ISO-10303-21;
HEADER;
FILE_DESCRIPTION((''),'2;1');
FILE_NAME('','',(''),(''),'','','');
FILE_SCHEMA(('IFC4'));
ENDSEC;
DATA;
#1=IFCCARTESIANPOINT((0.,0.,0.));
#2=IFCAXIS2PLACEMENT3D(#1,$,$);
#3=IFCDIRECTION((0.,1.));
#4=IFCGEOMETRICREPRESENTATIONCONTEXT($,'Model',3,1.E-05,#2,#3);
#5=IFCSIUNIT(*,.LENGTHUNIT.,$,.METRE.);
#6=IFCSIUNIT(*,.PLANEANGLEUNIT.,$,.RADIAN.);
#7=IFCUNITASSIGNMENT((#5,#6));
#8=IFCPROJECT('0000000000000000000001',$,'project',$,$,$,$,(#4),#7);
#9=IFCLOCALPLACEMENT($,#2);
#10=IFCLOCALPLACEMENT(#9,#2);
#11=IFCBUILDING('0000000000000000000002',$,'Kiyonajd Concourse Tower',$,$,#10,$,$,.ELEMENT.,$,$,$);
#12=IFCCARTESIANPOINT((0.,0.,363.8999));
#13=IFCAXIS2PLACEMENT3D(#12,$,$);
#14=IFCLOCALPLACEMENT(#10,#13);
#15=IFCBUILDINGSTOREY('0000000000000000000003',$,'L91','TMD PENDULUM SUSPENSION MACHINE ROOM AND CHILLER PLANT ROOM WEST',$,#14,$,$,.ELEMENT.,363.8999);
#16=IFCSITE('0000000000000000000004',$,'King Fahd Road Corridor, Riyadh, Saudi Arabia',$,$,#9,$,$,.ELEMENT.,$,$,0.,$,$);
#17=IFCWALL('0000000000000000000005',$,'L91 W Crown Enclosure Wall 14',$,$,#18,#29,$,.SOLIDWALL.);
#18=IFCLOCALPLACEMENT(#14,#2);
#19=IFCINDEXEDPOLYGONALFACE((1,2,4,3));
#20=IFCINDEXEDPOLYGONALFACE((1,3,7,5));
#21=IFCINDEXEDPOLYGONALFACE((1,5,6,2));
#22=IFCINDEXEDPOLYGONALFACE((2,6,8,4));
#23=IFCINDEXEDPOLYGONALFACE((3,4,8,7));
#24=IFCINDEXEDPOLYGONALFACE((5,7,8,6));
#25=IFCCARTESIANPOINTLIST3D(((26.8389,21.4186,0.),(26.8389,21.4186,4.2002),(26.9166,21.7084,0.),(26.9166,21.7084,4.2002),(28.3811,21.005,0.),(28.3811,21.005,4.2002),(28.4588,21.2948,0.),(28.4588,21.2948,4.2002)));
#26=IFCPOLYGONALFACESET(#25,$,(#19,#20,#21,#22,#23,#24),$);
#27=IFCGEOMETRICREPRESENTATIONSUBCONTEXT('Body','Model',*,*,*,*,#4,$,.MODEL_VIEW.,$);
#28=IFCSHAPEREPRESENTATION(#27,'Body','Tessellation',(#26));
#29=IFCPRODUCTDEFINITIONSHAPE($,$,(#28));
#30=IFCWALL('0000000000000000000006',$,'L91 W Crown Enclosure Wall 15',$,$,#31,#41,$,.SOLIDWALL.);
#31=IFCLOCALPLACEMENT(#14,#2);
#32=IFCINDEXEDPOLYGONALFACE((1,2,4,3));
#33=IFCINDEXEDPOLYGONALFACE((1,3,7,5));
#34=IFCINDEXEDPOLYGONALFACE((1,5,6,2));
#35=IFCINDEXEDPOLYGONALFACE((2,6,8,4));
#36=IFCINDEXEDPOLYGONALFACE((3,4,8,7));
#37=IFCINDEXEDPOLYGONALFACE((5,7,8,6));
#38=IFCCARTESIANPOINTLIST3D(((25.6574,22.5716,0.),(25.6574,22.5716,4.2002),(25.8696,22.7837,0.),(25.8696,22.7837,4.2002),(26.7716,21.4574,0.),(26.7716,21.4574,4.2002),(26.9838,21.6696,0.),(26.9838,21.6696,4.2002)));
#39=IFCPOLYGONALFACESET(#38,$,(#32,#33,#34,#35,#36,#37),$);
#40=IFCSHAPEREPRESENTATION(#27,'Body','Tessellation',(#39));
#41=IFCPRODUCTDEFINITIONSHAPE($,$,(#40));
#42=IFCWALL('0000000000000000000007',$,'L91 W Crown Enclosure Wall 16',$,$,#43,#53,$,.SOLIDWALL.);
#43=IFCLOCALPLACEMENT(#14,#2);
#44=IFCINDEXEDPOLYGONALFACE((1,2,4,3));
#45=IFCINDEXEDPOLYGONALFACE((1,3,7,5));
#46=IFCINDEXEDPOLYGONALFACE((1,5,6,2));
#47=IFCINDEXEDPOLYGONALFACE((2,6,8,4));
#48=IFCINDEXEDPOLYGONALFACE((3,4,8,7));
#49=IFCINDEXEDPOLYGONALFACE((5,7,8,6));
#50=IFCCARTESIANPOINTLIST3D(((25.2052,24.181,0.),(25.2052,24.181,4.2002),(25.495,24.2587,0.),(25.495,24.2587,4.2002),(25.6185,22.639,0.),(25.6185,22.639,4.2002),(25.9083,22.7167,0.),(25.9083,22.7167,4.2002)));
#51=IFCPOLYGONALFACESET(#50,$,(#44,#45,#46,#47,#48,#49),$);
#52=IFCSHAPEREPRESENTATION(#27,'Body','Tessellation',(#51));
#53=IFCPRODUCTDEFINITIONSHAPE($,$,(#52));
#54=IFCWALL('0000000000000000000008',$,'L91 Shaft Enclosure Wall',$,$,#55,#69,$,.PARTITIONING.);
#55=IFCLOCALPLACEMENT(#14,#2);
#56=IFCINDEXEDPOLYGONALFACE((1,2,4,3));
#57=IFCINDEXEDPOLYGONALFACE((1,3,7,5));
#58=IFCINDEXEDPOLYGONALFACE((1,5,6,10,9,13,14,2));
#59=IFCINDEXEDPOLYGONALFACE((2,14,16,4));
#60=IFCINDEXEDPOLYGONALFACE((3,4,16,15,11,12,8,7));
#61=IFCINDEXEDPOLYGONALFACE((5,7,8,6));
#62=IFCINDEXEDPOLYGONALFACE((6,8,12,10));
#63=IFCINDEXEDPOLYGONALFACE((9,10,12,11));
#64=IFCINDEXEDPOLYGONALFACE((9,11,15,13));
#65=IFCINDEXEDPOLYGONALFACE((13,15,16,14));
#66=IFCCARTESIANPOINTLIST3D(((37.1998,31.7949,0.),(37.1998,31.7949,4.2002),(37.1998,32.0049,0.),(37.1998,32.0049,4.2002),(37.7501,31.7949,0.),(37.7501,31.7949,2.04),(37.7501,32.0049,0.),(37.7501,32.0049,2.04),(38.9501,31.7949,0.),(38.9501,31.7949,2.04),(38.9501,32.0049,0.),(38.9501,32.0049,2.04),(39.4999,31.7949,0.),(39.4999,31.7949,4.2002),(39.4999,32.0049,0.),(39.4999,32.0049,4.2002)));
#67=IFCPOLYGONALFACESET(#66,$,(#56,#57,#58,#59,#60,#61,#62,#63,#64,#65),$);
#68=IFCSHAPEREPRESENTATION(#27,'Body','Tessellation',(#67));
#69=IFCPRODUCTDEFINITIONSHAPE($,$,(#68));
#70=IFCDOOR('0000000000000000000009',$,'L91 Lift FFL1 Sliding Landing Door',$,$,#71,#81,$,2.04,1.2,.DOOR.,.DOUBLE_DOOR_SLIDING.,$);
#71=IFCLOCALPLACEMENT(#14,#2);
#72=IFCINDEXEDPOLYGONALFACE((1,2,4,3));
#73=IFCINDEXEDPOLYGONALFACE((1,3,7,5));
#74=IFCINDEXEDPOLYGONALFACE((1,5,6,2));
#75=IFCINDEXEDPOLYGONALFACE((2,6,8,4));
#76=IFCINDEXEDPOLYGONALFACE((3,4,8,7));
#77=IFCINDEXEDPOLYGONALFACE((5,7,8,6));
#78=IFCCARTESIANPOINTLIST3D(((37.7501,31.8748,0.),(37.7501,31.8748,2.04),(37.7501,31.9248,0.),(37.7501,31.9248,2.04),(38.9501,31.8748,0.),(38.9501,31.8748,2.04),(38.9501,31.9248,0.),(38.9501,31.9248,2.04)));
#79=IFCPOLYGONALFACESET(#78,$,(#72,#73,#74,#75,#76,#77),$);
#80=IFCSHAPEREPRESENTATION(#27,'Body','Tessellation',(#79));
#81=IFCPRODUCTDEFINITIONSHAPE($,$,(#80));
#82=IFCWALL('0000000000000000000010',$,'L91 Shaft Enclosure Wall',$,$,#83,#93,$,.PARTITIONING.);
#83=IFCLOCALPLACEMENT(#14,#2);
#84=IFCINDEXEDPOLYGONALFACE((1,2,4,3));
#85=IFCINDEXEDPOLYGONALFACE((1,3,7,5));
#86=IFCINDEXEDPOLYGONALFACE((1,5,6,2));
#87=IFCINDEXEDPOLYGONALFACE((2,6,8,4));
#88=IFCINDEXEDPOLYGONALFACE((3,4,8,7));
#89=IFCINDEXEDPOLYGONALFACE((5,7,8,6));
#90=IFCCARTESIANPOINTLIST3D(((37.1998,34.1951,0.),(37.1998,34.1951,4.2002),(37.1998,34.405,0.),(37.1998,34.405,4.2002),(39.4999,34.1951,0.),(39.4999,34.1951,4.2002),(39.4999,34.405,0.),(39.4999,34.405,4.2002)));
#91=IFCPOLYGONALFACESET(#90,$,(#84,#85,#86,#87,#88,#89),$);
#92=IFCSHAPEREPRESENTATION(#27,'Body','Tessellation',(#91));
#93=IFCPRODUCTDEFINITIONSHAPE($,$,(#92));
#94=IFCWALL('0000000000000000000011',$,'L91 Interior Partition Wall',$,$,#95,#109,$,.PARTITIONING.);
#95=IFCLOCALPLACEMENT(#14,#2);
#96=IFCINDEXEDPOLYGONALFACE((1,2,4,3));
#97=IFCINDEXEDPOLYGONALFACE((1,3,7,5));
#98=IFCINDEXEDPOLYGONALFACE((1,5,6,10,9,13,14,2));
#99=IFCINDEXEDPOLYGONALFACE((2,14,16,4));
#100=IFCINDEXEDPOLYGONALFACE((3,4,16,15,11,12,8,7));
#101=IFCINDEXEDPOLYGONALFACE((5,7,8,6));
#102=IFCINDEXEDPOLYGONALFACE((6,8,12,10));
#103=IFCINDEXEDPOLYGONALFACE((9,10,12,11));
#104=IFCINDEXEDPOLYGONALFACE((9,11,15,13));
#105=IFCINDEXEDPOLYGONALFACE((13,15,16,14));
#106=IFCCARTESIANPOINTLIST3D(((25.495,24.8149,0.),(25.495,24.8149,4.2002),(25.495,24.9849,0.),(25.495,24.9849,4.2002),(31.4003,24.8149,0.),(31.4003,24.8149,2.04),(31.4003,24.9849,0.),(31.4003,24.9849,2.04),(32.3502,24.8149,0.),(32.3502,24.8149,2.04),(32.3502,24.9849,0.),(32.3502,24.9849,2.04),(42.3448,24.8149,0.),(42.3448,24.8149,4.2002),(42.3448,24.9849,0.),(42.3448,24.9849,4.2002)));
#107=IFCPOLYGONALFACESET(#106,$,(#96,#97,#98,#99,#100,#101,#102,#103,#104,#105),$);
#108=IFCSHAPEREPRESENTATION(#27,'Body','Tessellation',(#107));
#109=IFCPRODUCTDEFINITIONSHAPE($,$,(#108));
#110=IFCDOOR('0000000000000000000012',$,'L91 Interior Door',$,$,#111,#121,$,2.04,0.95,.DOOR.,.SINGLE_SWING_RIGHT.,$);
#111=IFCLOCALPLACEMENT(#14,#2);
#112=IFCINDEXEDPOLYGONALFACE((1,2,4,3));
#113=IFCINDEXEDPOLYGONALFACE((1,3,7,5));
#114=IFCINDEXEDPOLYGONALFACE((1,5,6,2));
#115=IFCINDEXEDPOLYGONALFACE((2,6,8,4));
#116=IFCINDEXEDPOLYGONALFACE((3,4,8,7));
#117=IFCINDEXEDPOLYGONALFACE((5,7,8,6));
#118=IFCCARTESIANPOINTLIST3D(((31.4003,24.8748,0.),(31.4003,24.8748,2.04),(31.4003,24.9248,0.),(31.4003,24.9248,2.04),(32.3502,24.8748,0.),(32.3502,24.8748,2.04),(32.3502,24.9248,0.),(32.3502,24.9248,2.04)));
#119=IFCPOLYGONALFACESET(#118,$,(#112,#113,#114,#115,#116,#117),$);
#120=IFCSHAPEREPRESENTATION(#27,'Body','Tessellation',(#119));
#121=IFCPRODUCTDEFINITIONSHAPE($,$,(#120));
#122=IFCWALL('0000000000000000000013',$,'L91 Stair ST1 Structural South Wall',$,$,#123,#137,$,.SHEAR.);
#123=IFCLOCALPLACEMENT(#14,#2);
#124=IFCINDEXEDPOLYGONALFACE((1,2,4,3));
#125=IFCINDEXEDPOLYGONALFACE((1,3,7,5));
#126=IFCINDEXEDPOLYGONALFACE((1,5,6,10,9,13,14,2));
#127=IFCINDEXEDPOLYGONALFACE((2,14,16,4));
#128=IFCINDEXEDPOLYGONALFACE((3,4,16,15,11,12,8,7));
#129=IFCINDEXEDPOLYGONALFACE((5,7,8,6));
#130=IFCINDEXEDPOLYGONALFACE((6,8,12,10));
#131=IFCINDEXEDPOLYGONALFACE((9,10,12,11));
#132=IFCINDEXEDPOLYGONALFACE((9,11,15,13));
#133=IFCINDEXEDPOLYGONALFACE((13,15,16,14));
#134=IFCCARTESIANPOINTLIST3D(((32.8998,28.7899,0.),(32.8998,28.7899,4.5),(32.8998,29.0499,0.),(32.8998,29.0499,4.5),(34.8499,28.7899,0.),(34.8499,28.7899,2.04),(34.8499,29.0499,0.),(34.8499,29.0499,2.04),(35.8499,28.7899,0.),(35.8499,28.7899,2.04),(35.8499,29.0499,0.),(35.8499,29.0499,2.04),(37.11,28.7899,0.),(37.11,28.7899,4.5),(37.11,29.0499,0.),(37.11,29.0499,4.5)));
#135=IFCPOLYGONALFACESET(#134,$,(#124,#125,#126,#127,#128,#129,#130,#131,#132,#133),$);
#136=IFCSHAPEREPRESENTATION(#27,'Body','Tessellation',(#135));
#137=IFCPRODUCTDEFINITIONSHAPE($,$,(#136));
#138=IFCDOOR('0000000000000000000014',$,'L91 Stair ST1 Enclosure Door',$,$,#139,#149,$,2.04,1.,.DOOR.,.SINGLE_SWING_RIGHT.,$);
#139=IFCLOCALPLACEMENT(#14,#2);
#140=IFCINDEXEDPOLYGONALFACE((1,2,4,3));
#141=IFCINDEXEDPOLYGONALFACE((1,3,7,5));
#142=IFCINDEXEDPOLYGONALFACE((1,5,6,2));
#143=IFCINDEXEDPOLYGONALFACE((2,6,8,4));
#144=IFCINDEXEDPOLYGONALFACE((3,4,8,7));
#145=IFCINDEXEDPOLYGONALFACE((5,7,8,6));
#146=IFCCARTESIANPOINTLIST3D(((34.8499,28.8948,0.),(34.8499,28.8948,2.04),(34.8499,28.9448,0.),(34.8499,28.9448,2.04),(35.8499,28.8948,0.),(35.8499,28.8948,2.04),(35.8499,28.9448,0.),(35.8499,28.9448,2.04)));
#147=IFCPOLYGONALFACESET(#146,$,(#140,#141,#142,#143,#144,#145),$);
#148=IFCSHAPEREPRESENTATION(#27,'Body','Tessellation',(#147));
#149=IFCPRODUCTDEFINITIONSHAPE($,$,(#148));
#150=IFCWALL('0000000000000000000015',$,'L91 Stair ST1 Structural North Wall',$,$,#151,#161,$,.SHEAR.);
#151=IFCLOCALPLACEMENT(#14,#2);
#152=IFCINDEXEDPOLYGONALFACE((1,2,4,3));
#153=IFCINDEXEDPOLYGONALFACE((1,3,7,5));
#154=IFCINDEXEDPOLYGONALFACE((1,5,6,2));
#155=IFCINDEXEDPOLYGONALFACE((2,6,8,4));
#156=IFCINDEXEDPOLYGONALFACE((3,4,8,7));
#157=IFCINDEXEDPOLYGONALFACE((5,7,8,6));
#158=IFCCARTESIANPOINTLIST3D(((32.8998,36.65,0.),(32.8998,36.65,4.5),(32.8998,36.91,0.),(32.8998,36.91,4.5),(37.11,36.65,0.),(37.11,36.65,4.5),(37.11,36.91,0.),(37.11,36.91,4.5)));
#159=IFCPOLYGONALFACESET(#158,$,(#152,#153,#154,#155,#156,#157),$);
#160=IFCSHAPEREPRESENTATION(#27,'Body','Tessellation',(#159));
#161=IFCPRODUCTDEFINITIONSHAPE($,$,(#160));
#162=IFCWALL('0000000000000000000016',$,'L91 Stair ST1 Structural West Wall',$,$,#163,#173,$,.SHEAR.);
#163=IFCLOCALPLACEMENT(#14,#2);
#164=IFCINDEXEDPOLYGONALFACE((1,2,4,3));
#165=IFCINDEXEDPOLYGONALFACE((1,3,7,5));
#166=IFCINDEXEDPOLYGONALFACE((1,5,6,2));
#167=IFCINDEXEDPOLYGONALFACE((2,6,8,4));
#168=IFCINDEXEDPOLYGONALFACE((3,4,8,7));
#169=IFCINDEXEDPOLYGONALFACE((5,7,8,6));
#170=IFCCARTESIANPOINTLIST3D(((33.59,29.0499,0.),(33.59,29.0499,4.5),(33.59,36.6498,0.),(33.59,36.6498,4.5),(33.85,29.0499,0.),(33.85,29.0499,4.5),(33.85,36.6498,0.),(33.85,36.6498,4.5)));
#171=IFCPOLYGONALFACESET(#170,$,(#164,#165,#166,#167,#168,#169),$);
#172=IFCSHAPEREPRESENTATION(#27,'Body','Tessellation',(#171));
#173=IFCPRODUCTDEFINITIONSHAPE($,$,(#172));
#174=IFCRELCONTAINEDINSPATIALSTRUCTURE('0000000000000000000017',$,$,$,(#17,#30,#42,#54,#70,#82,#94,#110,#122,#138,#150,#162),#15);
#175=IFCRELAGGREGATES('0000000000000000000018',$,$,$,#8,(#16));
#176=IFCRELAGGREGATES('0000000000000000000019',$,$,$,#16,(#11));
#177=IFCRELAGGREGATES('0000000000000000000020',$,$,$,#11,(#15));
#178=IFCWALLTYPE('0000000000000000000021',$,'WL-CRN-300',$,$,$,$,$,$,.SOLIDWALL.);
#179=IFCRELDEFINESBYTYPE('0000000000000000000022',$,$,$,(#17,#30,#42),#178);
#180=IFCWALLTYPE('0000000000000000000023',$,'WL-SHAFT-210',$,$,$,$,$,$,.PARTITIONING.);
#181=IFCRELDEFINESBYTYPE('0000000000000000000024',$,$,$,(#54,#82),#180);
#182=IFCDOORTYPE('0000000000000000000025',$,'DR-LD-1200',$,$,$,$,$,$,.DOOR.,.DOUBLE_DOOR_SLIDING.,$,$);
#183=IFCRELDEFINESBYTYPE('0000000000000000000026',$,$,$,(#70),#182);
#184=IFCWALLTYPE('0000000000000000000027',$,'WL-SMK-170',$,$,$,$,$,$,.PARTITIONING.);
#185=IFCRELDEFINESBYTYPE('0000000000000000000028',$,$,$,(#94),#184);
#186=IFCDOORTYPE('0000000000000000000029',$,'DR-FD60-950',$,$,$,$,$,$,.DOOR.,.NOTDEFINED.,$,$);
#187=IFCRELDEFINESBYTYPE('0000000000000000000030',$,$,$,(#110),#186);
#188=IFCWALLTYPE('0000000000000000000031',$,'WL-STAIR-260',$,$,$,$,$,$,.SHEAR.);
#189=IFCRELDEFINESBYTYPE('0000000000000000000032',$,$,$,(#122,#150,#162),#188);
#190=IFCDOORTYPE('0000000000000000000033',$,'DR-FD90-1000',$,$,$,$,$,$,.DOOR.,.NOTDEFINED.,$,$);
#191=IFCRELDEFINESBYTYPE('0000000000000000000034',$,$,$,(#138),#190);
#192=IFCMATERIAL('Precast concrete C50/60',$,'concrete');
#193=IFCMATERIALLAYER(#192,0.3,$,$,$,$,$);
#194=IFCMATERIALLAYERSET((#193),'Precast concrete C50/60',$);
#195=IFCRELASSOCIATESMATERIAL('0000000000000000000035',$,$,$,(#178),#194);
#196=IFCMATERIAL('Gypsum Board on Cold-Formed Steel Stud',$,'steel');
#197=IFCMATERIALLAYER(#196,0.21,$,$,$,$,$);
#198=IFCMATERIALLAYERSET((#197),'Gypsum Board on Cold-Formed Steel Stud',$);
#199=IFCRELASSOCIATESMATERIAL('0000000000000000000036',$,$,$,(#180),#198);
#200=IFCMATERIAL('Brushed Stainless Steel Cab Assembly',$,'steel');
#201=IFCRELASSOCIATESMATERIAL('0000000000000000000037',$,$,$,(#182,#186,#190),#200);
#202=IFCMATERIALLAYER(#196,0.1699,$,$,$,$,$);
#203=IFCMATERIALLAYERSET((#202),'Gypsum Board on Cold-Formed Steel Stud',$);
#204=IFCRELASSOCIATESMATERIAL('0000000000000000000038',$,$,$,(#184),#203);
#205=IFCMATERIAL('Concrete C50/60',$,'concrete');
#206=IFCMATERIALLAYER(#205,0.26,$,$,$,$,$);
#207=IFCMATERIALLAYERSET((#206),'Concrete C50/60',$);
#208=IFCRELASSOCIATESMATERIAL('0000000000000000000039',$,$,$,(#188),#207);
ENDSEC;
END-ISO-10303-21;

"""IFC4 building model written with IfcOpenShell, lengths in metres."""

from ifc_helpers import new_model, si_unit, direction, frame, frame_2d, origin, place, context, subcontext, project, spatial, rectangle, extrude, material, layer, layer_set, type_object, element, fill, save


model = new_model("IFC4")

# Units and contexts
model_context = context("Model", 3, precision=1e-05, world=origin(), true_north=direction((0.0, 1.0)))
body_context = subcontext(model_context, "Body", "Model", "MODEL_VIEW")
ifc_project = project(units=[si_unit("LENGTHUNIT", "METRE"), si_unit("PLANEANGLEUNIT", "RADIAN")], contexts=[model_context])

# Site, building, storey
site_placement = place(None, origin())
site = spatial("IfcSite", under=ifc_project, at=site_placement, Name="King Fahd Road Corridor, Riyadh, Saudi Arabia", CompositionType="ELEMENT", RefElevation=0.0)
building_placement = place(site_placement, origin())
building = spatial("IfcBuilding", under=site, at=building_placement, Name="Kiyonajd Concourse Tower", CompositionType="ELEMENT")
storey_placement = place(building_placement, frame((0.0, 0.0, 363.8999)))
storey = spatial("IfcBuildingStorey", under=building, at=storey_placement, Name="L91", Description="TMD PENDULUM SUSPENSION MACHINE ROOM AND CHILLER PLANT ROOM WEST", CompositionType="ELEMENT", Elevation=363.8999)

# Shared definitions
ifc_material_1 = material(Name="Concrete C50/60", Category="concrete")

# Walls
ifc_material_2 = material(Name="Precast concrete C50/60", Category="concrete")
ifc_layer_1 = layer(ifc_material_2, 0.3)
ifc_layer_set_1 = layer_set([ifc_layer_1], Name="Precast concrete C50/60")
wall_type_1 = type_object("IfcWallType", Name="WL-CRN-300", PredefinedType="SOLIDWALL", material=ifc_layer_set_1)
wall_1_placement = place(storey_placement, frame((28.4199, 21.1499, 0.0), z_axis=(0.0, 0.0, 1.0), x_axis=(-0.965874, 0.259014, 0.0)))
element("IfcWall", 1, at=wall_1_placement, inside=storey, type_object=wall_type_1, Name="L91 W Crown Enclosure Wall 14", PredefinedType="SOLIDWALL", context=body_context, shape_type="SweptSolid", body=[
    extrude(rectangle(XDim=1.5967, YDim=0.3, at=frame_2d((0.7983, 0.0))), origin(), (0.0, 0.0, 1.0), 4.2002),
])
wall_2_placement = place(storey_placement, frame((26.8777, 21.5635, 0.0), z_axis=(0.0, 0.0, 1.0), x_axis=(-0.707107, 0.707107, 0.0)))
element("IfcWall", 2, at=wall_2_placement, inside=storey, type_object=wall_type_1, Name="L91 W Crown Enclosure Wall 15", PredefinedType="SOLIDWALL", context=body_context, shape_type="SweptSolid", body=[
    extrude(rectangle(XDim=1.5757, YDim=0.3, at=frame_2d((0.7878, 0.0))), origin(), (0.0, 0.0, 1.0), 4.2002),
])
wall_3_placement = place(storey_placement, frame((25.7634, 22.6777, 0.0), z_axis=(0.0, 0.0, 1.0), x_axis=(-0.258909, 0.965902, 0.0)))
element("IfcWall", 3, at=wall_3_placement, inside=storey, type_object=wall_type_1, Name="L91 W Crown Enclosure Wall 16", PredefinedType="SOLIDWALL", context=body_context, shape_type="SweptSolid", body=[
    extrude(rectangle(XDim=1.5964, YDim=0.3, at=frame_2d((0.7983, 0.0))), origin(), (0.0, 0.0, 1.0), 4.2002),
])

# Wall, opening, door
ifc_material_3 = material(Name="Gypsum Board on Cold-Formed Steel Stud", Category="steel")
ifc_layer_2 = layer(ifc_material_3, 0.21)
ifc_layer_set_2 = layer_set([ifc_layer_2], Name="Gypsum Board on Cold-Formed Steel Stud")
wall_type_2 = type_object("IfcWallType", Name="WL-SHAFT-210", PredefinedType="PARTITIONING", material=ifc_layer_set_2)
wall_4_placement = place(storey_placement, frame((37.2, 31.8999, 0.0), z_axis=(0.0, 0.0, 1.0), x_axis=(1.0, 0.0, 0.0)))
wall_4 = element("IfcWall", 4, at=wall_4_placement, inside=storey, type_object=wall_type_2, Name="L91 Shaft Enclosure Wall", PredefinedType="PARTITIONING", context=body_context, shape_type="SweptSolid", body=[
    extrude(rectangle(XDim=2.3, YDim=0.21, at=frame_2d((1.1499, 0.0))), origin(), (0.0, 0.0, 1.0), 4.2002),
])
opening_1_placement = place(wall_4_placement, frame((0.55, 0.0, 0.0)))
opening_1 = element("IfcOpeningElement", 5, at=opening_1_placement, cuts=wall_4, PredefinedType="OPENING", context=body_context, shape_type="SweptSolid", body=[
    extrude(rectangle(XDim=1.2, YDim=2.04, at=frame_2d((0.6001, 1.02))), frame((0.0, 0.115, 0.0), z_axis=(0.0, -1.0, 0.0), x_axis=(1.0, 0.0, 0.0)), (0.0, 0.0, 1.0), 0.23),
])
ifc_material_4 = material(Name="Brushed Stainless Steel Cab Assembly", Category="steel")
door_type_1 = type_object("IfcDoorType", Name="DR-LD-1200", OperationType="DOUBLE_DOOR_SLIDING", PredefinedType="DOOR", material=ifc_material_4)
door_1_placement = place(opening_1_placement, origin())
door_1 = element("IfcDoor", 6, at=door_1_placement, inside=storey, type_object=door_type_1, Name="L91 Lift FFL1 Sliding Landing Door", OperationType="DOUBLE_DOOR_SLIDING", OverallHeight=2.04, OverallWidth=1.2, PredefinedType="DOOR", context=body_context, shape_type="SweptSolid", body=[
    extrude(rectangle(XDim=1.2, YDim=2.04, at=frame_2d((0.6001, 1.02))), frame((0.0, 0.0249, 0.0), z_axis=(0.0, -1.0, 0.0), x_axis=(1.0, 0.0, 0.0)), (0.0, 0.0, 1.0), 0.05),
])
fill(opening_1, door_1)

# Wall
wall_5_placement = place(storey_placement, frame((37.2, 34.3, 0.0), z_axis=(0.0, 0.0, 1.0), x_axis=(1.0, 0.0, 0.0)))
element("IfcWall", 7, at=wall_5_placement, inside=storey, type_object=wall_type_2, Name="L91 Shaft Enclosure Wall", PredefinedType="PARTITIONING", context=body_context, shape_type="SweptSolid", body=[
    extrude(rectangle(XDim=2.3, YDim=0.21, at=frame_2d((1.1499, 0.0))), origin(), (0.0, 0.0, 1.0), 4.2002),
])

# Walls, openings, doors
ifc_layer_3 = layer(ifc_material_3, 0.1699)
ifc_layer_set_3 = layer_set([ifc_layer_3], Name="Gypsum Board on Cold-Formed Steel Stud")
wall_type_3 = type_object("IfcWallType", Name="WL-SMK-170", PredefinedType="PARTITIONING", material=ifc_layer_set_3)
wall_6_placement = place(storey_placement, frame((25.4951, 24.8999, 0.0), z_axis=(0.0, 0.0, 1.0), x_axis=(1.0, 0.0, 0.0)))
wall_6 = element("IfcWall", 8, at=wall_6_placement, inside=storey, type_object=wall_type_3, Name="L91 Interior Partition Wall", PredefinedType="PARTITIONING", context=body_context, shape_type="SweptSolid", body=[
    extrude(rectangle(XDim=16.8499, YDim=0.1699, at=frame_2d((8.4248, 0.0))), origin(), (0.0, 0.0, 1.0), 4.2002),
])
opening_2_placement = place(wall_6_placement, frame((5.905, 0.0, 0.0)))
opening_2 = element("IfcOpeningElement", 9, at=opening_2_placement, cuts=wall_6, PredefinedType="OPENING", context=body_context, shape_type="SweptSolid", body=[
    extrude(rectangle(XDim=0.95, YDim=2.04, at=frame_2d((0.4751, 1.02))), frame((0.0, 0.095, 0.0), z_axis=(0.0, -1.0, 0.0), x_axis=(1.0, 0.0, 0.0)), (0.0, 0.0, 1.0), 0.1899),
])
door_type_2 = type_object("IfcDoorType", Name="DR-FD60-950", OperationType="NOTDEFINED", PredefinedType="DOOR", material=ifc_material_4)
door_2_placement = place(opening_2_placement, origin())
door_2 = element("IfcDoor", 10, at=door_2_placement, inside=storey, type_object=door_type_2, Name="L91 Interior Door", OperationType="SINGLE_SWING_RIGHT", OverallHeight=2.04, OverallWidth=0.95, PredefinedType="DOOR", context=body_context, shape_type="SweptSolid", body=[
    extrude(rectangle(XDim=0.95, YDim=2.04, at=frame_2d((0.4751, 1.02))), frame((0.0, 0.0249, 0.0), z_axis=(0.0, -1.0, 0.0), x_axis=(1.0, 0.0, 0.0)), (0.0, 0.0, 1.0), 0.05),
])
fill(opening_2, door_2)
ifc_layer_4 = layer(ifc_material_1, 0.26)
ifc_layer_set_4 = layer_set([ifc_layer_4], Name="Concrete C50/60")
wall_type_4 = type_object("IfcWallType", Name="WL-STAIR-260", PredefinedType="SHEAR", material=ifc_layer_set_4)
wall_7_placement = place(storey_placement, frame((32.8999, 28.9199, 0.0), z_axis=(0.0, 0.0, 1.0), x_axis=(1.0, 0.0, 0.0)))
wall_7 = element("IfcWall", 11, at=wall_7_placement, inside=storey, type_object=wall_type_4, Name="L91 Stair ST1 Structural South Wall", PredefinedType="SHEAR", context=body_context, shape_type="SweptSolid", body=[
    extrude(rectangle(XDim=4.2102, YDim=0.26, at=frame_2d((2.105, 0.0))), origin(), (0.0, 0.0, 1.0), 4.5),
])
opening_3_placement = place(wall_7_placement, frame((1.95, 0.0, 0.0)))
opening_3 = element("IfcOpeningElement", 12, at=opening_3_placement, cuts=wall_7, PredefinedType="OPENING", context=body_context, shape_type="SweptSolid", body=[
    extrude(rectangle(XDim=1.0, YDim=2.04, at=frame_2d((0.5, 1.02))), frame((0.0, 0.1399, 0.0), z_axis=(0.0, -1.0, 0.0), x_axis=(1.0, 0.0, 0.0)), (0.0, 0.0, 1.0), 0.28),
])
door_type_3 = type_object("IfcDoorType", Name="DR-FD90-1000", OperationType="NOTDEFINED", PredefinedType="DOOR", material=ifc_material_4)
door_3_placement = place(opening_3_placement, origin())
door_3 = element("IfcDoor", 13, at=door_3_placement, inside=storey, type_object=door_type_3, Name="L91 Stair ST1 Enclosure Door", OperationType="SINGLE_SWING_RIGHT", OverallHeight=2.04, OverallWidth=1.0, PredefinedType="DOOR", context=body_context, shape_type="SweptSolid", body=[
    extrude(rectangle(XDim=1.0, YDim=2.04, at=frame_2d((0.5, 1.02))), frame((0.0, 0.0249, 0.0), z_axis=(0.0, -1.0, 0.0), x_axis=(1.0, 0.0, 0.0)), (0.0, 0.0, 1.0), 0.05),
])
fill(opening_3, door_3)

# Walls
wall_8_placement = place(storey_placement, frame((32.8999, 36.78, 0.0), z_axis=(0.0, 0.0, 1.0), x_axis=(1.0, 0.0, 0.0)))
element("IfcWall", 14, at=wall_8_placement, inside=storey, type_object=wall_type_4, Name="L91 Stair ST1 Structural North Wall", PredefinedType="SHEAR", context=body_context, shape_type="SweptSolid", body=[
    extrude(rectangle(XDim=4.2102, YDim=0.26, at=frame_2d((2.105, 0.0))), origin(), (0.0, 0.0, 1.0), 4.5),
])
for number, where, z_axis, x_axis, name in (
    (15, (33.72, 29.05, 0.0), (0.0, 0.0, 1.0), (0.0, 1.0, 0.0), "L91 Stair ST1 Structural West Wall"),
):
    element("IfcWall", number, at=place(storey_placement, frame(where, z_axis=z_axis, x_axis=x_axis)), inside=storey, type_object=wall_type_4, Name=name, PredefinedType="SHEAR", context=body_context, shape_type="SweptSolid", body=[
        extrude(rectangle(XDim=7.5999, YDim=0.26, at=frame_2d((3.7998, 0.0))), origin(), (0.0, 0.0, 1.0), 4.5),
    ])

save(model, "model.ifc")
